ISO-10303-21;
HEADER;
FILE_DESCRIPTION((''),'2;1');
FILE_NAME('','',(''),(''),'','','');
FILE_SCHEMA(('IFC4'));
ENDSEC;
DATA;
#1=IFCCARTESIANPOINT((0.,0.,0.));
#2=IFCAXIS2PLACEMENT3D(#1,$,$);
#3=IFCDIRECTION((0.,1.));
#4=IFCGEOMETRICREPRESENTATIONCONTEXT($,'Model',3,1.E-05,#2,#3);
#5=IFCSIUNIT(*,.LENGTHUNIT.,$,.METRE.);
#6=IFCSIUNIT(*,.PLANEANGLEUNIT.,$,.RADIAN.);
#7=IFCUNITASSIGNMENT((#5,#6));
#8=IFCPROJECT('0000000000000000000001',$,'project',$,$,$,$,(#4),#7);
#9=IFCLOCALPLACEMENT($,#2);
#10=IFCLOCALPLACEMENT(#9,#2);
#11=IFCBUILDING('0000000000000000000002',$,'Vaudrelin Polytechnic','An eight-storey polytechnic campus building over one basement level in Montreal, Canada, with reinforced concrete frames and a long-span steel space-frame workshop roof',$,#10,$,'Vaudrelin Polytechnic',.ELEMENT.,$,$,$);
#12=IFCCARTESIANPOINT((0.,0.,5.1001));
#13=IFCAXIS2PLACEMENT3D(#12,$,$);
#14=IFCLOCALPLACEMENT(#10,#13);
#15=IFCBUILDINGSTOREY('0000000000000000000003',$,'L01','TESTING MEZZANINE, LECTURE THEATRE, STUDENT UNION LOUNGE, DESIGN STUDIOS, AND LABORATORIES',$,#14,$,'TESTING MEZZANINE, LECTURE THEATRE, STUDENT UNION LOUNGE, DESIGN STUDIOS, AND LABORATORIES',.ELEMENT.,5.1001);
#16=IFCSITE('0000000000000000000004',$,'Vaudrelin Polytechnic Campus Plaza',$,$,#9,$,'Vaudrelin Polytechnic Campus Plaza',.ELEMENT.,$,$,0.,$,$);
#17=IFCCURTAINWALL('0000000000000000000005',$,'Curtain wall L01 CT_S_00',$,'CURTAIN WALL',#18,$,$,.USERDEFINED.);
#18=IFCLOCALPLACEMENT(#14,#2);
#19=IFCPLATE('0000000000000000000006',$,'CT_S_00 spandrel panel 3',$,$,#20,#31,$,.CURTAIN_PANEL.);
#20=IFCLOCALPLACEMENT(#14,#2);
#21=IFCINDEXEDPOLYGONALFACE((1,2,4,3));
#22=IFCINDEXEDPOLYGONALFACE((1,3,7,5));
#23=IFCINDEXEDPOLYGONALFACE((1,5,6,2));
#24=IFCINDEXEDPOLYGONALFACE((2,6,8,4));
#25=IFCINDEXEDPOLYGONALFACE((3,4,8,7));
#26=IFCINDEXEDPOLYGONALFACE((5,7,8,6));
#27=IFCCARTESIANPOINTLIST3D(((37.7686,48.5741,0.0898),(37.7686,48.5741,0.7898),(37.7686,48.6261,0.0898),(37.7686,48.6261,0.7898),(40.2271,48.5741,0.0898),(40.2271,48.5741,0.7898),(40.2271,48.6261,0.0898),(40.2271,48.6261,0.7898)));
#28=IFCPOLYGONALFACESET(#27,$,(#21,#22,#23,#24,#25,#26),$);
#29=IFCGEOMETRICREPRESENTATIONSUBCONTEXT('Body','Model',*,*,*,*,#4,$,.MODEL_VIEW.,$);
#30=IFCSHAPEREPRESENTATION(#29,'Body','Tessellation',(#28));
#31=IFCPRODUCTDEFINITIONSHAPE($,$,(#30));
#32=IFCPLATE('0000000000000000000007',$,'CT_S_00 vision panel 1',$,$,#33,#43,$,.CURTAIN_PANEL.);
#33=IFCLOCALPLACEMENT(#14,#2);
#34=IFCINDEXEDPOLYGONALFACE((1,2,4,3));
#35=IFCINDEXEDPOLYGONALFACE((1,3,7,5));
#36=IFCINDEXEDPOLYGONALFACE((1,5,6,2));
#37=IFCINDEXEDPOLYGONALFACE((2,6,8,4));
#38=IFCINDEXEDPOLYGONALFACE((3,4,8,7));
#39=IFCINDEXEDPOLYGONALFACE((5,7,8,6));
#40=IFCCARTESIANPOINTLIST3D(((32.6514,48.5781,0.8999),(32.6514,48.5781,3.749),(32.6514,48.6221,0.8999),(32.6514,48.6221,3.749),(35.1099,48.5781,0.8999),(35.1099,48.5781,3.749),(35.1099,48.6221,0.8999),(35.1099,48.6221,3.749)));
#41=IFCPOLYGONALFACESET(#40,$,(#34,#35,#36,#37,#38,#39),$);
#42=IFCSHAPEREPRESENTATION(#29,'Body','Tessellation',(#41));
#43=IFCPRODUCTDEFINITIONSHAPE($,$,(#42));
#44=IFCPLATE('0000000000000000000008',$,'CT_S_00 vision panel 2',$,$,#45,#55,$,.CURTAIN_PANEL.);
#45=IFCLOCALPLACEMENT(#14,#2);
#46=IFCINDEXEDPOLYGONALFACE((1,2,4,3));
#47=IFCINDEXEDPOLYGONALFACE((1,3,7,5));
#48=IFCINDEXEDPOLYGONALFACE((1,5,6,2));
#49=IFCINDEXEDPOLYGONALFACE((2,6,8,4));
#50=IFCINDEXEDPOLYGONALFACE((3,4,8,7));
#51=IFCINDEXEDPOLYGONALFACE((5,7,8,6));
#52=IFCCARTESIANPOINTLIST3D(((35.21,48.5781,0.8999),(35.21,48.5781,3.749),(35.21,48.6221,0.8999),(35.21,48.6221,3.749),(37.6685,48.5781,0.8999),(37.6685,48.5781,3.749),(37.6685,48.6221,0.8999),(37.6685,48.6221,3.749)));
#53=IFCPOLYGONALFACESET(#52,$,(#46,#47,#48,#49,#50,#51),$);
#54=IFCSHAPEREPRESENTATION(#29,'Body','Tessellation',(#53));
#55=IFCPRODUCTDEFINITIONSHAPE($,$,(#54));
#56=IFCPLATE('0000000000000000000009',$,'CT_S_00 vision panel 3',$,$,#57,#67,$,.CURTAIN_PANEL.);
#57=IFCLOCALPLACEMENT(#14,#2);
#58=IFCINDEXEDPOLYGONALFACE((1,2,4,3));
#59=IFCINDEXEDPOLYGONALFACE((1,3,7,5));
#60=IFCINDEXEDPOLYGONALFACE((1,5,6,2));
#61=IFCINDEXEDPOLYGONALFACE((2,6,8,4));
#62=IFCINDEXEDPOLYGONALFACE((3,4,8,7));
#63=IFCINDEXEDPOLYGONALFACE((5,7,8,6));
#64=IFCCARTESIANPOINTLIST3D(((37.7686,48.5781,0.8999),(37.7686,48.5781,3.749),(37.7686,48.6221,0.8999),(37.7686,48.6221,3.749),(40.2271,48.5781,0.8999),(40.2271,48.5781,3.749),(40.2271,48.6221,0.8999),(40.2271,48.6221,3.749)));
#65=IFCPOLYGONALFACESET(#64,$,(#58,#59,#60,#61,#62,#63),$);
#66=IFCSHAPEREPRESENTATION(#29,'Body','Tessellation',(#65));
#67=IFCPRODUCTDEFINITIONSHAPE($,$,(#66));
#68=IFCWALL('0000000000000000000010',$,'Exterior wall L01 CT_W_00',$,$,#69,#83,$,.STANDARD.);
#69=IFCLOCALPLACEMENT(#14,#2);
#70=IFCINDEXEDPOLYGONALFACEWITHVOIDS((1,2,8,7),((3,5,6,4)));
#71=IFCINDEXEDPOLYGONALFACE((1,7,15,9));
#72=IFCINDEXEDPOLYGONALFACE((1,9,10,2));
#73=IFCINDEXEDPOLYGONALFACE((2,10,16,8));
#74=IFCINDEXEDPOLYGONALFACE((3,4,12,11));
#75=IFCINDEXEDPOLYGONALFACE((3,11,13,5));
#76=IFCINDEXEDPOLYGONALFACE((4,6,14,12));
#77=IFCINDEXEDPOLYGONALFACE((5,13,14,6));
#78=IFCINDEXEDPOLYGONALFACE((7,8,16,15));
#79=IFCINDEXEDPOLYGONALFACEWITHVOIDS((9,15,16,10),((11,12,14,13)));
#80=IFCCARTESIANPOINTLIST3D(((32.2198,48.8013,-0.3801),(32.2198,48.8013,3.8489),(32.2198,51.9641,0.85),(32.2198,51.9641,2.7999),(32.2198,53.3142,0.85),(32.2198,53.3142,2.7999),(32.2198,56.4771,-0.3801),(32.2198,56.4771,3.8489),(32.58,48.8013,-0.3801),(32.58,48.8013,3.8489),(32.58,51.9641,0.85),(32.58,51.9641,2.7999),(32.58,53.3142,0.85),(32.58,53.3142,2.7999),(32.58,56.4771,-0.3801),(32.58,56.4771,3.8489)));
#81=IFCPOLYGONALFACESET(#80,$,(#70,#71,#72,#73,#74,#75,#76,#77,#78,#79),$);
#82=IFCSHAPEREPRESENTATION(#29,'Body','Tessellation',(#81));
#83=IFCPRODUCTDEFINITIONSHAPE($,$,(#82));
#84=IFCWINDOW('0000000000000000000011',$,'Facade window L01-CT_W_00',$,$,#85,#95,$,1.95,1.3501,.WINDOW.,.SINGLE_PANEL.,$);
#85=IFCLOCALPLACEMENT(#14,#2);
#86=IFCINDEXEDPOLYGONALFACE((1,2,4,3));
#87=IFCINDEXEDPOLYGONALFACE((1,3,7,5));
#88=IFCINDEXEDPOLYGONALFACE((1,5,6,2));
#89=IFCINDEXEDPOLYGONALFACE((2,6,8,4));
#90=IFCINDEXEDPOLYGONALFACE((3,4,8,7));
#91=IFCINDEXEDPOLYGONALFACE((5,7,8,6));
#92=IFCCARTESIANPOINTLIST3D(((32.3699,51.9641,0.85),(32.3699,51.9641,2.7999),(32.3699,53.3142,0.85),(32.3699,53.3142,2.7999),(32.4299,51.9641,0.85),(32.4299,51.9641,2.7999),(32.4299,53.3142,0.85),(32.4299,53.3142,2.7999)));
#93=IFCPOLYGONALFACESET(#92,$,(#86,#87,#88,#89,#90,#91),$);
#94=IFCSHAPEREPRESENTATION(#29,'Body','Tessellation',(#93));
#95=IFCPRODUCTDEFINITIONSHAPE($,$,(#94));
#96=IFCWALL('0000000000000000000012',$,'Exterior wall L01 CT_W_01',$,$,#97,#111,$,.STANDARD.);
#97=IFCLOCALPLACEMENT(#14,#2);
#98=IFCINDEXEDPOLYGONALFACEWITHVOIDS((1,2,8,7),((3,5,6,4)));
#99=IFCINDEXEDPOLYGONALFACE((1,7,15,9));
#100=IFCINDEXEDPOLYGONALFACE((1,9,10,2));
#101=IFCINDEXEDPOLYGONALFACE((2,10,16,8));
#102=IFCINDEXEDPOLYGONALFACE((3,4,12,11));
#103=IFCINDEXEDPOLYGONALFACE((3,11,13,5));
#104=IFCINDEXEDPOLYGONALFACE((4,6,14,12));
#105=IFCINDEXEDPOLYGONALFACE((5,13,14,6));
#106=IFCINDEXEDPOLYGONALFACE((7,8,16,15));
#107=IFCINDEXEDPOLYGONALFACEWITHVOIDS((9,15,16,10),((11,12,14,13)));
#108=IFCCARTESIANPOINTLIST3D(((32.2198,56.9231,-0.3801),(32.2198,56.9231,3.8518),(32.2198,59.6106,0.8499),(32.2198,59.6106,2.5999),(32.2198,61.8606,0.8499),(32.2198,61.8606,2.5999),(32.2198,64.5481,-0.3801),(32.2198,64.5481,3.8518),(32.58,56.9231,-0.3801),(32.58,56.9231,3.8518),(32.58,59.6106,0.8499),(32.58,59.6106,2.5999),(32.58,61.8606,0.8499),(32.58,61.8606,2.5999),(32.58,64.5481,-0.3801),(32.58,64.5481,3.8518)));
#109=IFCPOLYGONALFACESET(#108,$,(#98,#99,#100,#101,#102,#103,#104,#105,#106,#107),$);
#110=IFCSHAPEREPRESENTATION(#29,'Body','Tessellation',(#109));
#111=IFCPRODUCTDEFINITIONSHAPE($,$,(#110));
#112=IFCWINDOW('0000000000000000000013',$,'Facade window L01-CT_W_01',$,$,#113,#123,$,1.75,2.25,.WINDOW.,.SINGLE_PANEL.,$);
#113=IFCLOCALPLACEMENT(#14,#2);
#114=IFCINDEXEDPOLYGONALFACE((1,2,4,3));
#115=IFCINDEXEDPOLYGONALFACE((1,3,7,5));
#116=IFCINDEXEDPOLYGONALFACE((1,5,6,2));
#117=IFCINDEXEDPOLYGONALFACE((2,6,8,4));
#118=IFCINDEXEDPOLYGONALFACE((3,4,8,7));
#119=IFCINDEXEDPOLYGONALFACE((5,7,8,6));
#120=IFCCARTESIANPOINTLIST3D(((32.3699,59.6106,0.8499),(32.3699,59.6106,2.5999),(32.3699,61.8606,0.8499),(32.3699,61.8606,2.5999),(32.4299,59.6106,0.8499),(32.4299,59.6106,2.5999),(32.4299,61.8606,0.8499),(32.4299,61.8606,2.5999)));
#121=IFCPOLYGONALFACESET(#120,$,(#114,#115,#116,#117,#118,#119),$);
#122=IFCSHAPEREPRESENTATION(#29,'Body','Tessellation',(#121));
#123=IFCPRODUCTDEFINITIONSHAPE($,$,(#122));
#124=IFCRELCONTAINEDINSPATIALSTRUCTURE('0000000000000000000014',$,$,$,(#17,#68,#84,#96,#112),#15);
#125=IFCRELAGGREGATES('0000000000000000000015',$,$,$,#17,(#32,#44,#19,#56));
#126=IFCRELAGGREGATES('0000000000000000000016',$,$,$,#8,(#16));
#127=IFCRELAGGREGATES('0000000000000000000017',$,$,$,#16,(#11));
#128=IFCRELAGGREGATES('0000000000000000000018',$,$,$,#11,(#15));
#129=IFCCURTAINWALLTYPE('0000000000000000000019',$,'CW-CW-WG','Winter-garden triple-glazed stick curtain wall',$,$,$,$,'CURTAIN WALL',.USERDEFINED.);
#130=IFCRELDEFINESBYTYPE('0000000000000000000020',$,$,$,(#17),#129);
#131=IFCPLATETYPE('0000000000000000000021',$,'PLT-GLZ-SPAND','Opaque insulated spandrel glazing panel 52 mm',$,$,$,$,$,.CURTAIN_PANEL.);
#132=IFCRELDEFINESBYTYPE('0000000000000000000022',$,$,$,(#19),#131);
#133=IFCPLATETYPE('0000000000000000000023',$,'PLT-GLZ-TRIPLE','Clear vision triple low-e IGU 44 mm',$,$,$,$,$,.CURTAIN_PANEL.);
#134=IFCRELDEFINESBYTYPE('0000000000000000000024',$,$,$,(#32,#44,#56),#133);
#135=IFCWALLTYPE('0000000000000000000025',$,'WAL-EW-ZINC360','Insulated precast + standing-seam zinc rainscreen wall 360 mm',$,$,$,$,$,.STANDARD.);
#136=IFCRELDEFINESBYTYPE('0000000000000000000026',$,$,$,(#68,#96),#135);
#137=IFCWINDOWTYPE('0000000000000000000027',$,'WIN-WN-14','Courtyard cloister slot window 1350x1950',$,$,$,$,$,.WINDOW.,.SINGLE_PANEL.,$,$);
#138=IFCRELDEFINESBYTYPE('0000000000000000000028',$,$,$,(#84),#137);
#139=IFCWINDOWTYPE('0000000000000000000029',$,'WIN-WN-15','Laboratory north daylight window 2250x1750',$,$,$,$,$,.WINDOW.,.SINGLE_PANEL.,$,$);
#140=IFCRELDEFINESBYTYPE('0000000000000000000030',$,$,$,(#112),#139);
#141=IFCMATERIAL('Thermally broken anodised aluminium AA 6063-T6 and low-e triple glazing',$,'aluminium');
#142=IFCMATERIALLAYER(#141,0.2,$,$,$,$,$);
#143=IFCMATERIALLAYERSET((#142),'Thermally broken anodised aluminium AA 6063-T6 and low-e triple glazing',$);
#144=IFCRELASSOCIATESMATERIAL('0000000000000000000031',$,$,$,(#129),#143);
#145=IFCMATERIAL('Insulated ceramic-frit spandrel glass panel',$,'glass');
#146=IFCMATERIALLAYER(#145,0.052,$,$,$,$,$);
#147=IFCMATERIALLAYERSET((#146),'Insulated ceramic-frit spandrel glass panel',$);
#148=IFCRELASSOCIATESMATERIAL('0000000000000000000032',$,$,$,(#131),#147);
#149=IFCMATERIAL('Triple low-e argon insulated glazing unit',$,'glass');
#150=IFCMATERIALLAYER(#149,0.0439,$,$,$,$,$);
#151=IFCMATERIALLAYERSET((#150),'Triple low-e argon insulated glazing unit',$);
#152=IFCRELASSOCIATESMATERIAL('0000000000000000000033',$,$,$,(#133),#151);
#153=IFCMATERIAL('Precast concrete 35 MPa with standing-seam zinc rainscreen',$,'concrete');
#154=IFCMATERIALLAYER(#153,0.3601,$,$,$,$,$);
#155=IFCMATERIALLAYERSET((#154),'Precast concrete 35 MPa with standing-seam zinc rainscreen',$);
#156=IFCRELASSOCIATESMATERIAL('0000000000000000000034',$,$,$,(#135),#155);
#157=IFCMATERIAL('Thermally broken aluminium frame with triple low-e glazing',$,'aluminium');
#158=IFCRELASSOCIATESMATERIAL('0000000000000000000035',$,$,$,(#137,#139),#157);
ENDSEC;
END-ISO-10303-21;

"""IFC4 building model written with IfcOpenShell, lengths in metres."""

from ifc_helpers import new_model, si_unit, direction, frame, frame_2d, origin, origin_2d, place, context, subcontext, project, spatial, rectangle, extrude, material, layer, layer_set, type_object, element, fill, aggregate, save


model = new_model("IFC4")

# Units and contexts
model_context = context("Model", 3, precision=1e-05, world=origin(), true_north=direction((0.0, 1.0)))
body_context = subcontext(model_context, "Body", "Model", "MODEL_VIEW")
ifc_project = project(units=[si_unit("LENGTHUNIT", "METRE"), si_unit("PLANEANGLEUNIT", "RADIAN")], contexts=[model_context])

# Site, building, storey
site_placement = place(None, origin())
site = spatial("IfcSite", under=ifc_project, at=site_placement, Name="Vaudrelin Polytechnic Campus Plaza", LongName="Vaudrelin Polytechnic Campus Plaza", CompositionType="ELEMENT", RefElevation=0.0)
building_placement = place(site_placement, origin())
building = spatial("IfcBuilding", under=site, at=building_placement, Name="Vaudrelin Polytechnic", Description="An eight-storey polytechnic campus building over one basement level in Montreal, Canada, with reinforced concrete frames and a long-span steel space-frame workshop roof", LongName="Vaudrelin Polytechnic", CompositionType="ELEMENT")
storey_placement = place(building_placement, frame((0.0, 0.0, 5.1001)))
storey = spatial("IfcBuildingStorey", under=building, at=storey_placement, Name="L01", Description="TESTING MEZZANINE, LECTURE THEATRE, STUDENT UNION LOUNGE, DESIGN STUDIOS, AND LABORATORIES", LongName="TESTING MEZZANINE, LECTURE THEATRE, STUDENT UNION LOUNGE, DESIGN STUDIOS, AND LABORATORIES", CompositionType="ELEMENT", Elevation=5.1001)

# Curtain wall, plates
ifc_material_1 = material(Name="Thermally broken anodised aluminium AA 6063-T6 and low-e triple glazing", Category="aluminium")
ifc_layer_1 = layer(ifc_material_1, 0.2)
ifc_layer_set_1 = layer_set([ifc_layer_1], Name="Thermally broken anodised aluminium AA 6063-T6 and low-e triple glazing")
curtain_wall_type = type_object("IfcCurtainWallType", Name="CW-CW-WG", Description="Winter-garden triple-glazed stick curtain wall", ElementType="CURTAIN WALL", PredefinedType="USERDEFINED", material=ifc_layer_set_1)
curtain_wall_placement = place(storey_placement, origin())
curtain_wall = element("IfcCurtainWall", 1, at=curtain_wall_placement, inside=storey, type_object=curtain_wall_type, Name="Curtain wall L01 CT_S_00", ObjectType="CURTAIN WALL", PredefinedType="USERDEFINED")
ifc_material_2 = material(Name="Insulated ceramic-frit spandrel glass panel", Category="glass")
ifc_layer_2 = layer(ifc_material_2, 0.052)
ifc_layer_set_2 = layer_set([ifc_layer_2], Name="Insulated ceramic-frit spandrel glass panel")
plate_type_1 = type_object("IfcPlateType", Name="PLT-GLZ-SPAND", Description="Opaque insulated spandrel glazing panel 52 mm", PredefinedType="CURTAIN_PANEL", material=ifc_layer_set_2)
plate_1_placement = place(storey_placement, frame((38.9978, 48.6001, 0.0898), z_axis=(0.0, 0.0, 1.0), x_axis=(1.0, 0.0, 0.0)))
plate_1 = element("IfcPlate", 2, at=plate_1_placement, type_object=plate_type_1, Name="CT_S_00 spandrel panel 3", PredefinedType="CURTAIN_PANEL", context=body_context, shape_type="SweptSolid", body=[
    extrude(rectangle(XDim=2.4585, YDim=0.052, at=origin_2d()), origin(), (0.0, 0.0, 1.0), 0.7),
])
ifc_material_3 = material(Name="Triple low-e argon insulated glazing unit", Category="glass")
ifc_layer_3 = layer(ifc_material_3, 0.0439)
ifc_layer_set_3 = layer_set([ifc_layer_3], Name="Triple low-e argon insulated glazing unit")
plate_type_2 = type_object("IfcPlateType", Name="PLT-GLZ-TRIPLE", Description="Clear vision triple low-e IGU 44 mm", PredefinedType="CURTAIN_PANEL", material=ifc_layer_set_3)
plate_2_placement = place(storey_placement, frame((33.8806, 48.6001, 0.8999), z_axis=(0.0, 0.0, 1.0), x_axis=(1.0, 0.0, 0.0)))
plate_2 = element("IfcPlate", 3, at=plate_2_placement, type_object=plate_type_2, Name="CT_S_00 vision panel 1", PredefinedType="CURTAIN_PANEL", context=body_context, shape_type="SweptSolid", body=[
    extrude(rectangle(XDim=2.4585, YDim=0.0439, at=origin_2d()), origin(), (0.0, 0.0, 1.0), 2.8491),
])
plate_3_placement = place(storey_placement, frame((36.4392, 48.6001, 0.8999), z_axis=(0.0, 0.0, 1.0), x_axis=(1.0, 0.0, 0.0)))
plate_3 = element("IfcPlate", 4, at=plate_3_placement, type_object=plate_type_2, Name="CT_S_00 vision panel 2", PredefinedType="CURTAIN_PANEL", context=body_context, shape_type="SweptSolid", body=[
    extrude(rectangle(XDim=2.4585, YDim=0.0439, at=origin_2d()), origin(), (0.0, 0.0, 1.0), 2.8491),
])
plate_4_placement = place(storey_placement, frame((38.9978, 48.6001, 0.8999), z_axis=(0.0, 0.0, 1.0), x_axis=(1.0, 0.0, 0.0)))
plate_4 = element("IfcPlate", 5, at=plate_4_placement, type_object=plate_type_2, Name="CT_S_00 vision panel 3", PredefinedType="CURTAIN_PANEL", context=body_context, shape_type="SweptSolid", body=[
    extrude(rectangle(XDim=2.4585, YDim=0.0439, at=origin_2d()), origin(), (0.0, 0.0, 1.0), 2.8491),
])
aggregate(curtain_wall, [plate_2, plate_3, plate_1, plate_4])

# Walls, openings, windows
ifc_material_4 = material(Name="Precast concrete 35 MPa with standing-seam zinc rainscreen", Category="concrete")
ifc_layer_4 = layer(ifc_material_4, 0.3601)
ifc_layer_set_4 = layer_set([ifc_layer_4], Name="Precast concrete 35 MPa with standing-seam zinc rainscreen")
wall_type = type_object("IfcWallType", Name="WAL-EW-ZINC360", Description="Insulated precast + standing-seam zinc rainscreen wall 360 mm", PredefinedType="STANDARD", material=ifc_layer_set_4)
wall_1_placement = place(storey_placement, frame((32.3999, 48.8013, -0.3801), z_axis=(0.0, 0.0, 1.0), x_axis=(0.0, 1.0, 0.0)))
wall_1 = element("IfcWall", 6, at=wall_1_placement, inside=storey, type_object=wall_type, Name="Exterior wall L01 CT_W_00", PredefinedType="STANDARD", context=body_context, shape_type="SweptSolid", body=[
    extrude(rectangle(XDim=7.6758, YDim=0.3601, at=frame_2d((3.8379, 0.0))), origin(), (0.0, 0.0, 1.0), 4.229),
])
opening_1_placement = place(wall_1_placement, frame((3.1628, 0.0, 1.23)))
opening_1 = element("IfcOpeningElement", 7, at=opening_1_placement, cuts=wall_1, PredefinedType="OPENING", context=body_context, shape_type="SweptSolid", body=[
    extrude(rectangle(XDim=1.3501, YDim=1.95, at=frame_2d((0.675, 0.9751))), frame((0.0, 0.1899, 0.0), z_axis=(0.0, -1.0, 0.0), x_axis=(1.0, 0.0, 0.0)), (0.0, 0.0, 1.0), 0.3801),
])
ifc_material_5 = material(Name="Thermally broken aluminium frame with triple low-e glazing", Category="aluminium")
window_type_1 = type_object("IfcWindowType", Name="WIN-WN-14", Description="Courtyard cloister slot window 1350x1950", PartitioningType="SINGLE_PANEL", PredefinedType="WINDOW", material=ifc_material_5)
window_1_placement = place(opening_1_placement, origin())
window_1 = element("IfcWindow", 8, at=window_1_placement, inside=storey, type_object=window_type_1, Name="Facade window L01-CT_W_00", OverallHeight=1.95, OverallWidth=1.3501, PartitioningType="SINGLE_PANEL", PredefinedType="WINDOW", context=body_context, shape_type="SweptSolid", body=[
    extrude(rectangle(XDim=1.3501, YDim=1.95, at=frame_2d((0.675, 0.9751))), frame((0.0, 0.03, 0.0), z_axis=(0.0, -1.0, 0.0), x_axis=(1.0, 0.0, 0.0)), (0.0, 0.0, 1.0), 0.0601),
])
fill(opening_1, window_1)
wall_2_placement = place(storey_placement, frame((32.3999, 56.9231, -0.3801), z_axis=(0.0, 0.0, 1.0), x_axis=(0.0, 1.0, 0.0)))
wall_2 = element("IfcWall", 9, at=wall_2_placement, inside=storey, type_object=wall_type, Name="Exterior wall L01 CT_W_01", PredefinedType="STANDARD", context=body_context, shape_type="SweptSolid", body=[
    extrude(rectangle(XDim=7.625, YDim=0.3601, at=frame_2d((3.8125, 0.0))), origin(), (0.0, 0.0, 1.0), 4.2319),
])
opening_2_placement = place(wall_2_placement, frame((2.6875, 0.0, 1.23)))
opening_2 = element("IfcOpeningElement", 10, at=opening_2_placement, cuts=wall_2, PredefinedType="OPENING", context=body_context, shape_type="SweptSolid", body=[
    extrude(rectangle(XDim=2.25, YDim=1.75, at=frame_2d((1.125, 0.875))), frame((0.0, 0.1899, 0.0), z_axis=(0.0, -1.0, 0.0), x_axis=(1.0, 0.0, 0.0)), (0.0, 0.0, 1.0), 0.3801),
])
window_type_2 = type_object("IfcWindowType", Name="WIN-WN-15", Description="Laboratory north daylight window 2250x1750", PartitioningType="SINGLE_PANEL", PredefinedType="WINDOW", material=ifc_material_5)
window_2_placement = place(opening_2_placement, origin())
window_2 = element("IfcWindow", 11, at=window_2_placement, inside=storey, type_object=window_type_2, Name="Facade window L01-CT_W_01", OverallHeight=1.75, OverallWidth=2.25, PartitioningType="SINGLE_PANEL", PredefinedType="WINDOW", context=body_context, shape_type="SweptSolid", body=[
    extrude(rectangle(XDim=2.25, YDim=1.75, at=frame_2d((1.125, 0.875))), frame((0.0, 0.03, 0.0), z_axis=(0.0, -1.0, 0.0), x_axis=(1.0, 0.0, 0.0)), (0.0, 0.0, 1.0), 0.0601),
])
fill(opening_2, window_2)

save(model, "model.ifc")
